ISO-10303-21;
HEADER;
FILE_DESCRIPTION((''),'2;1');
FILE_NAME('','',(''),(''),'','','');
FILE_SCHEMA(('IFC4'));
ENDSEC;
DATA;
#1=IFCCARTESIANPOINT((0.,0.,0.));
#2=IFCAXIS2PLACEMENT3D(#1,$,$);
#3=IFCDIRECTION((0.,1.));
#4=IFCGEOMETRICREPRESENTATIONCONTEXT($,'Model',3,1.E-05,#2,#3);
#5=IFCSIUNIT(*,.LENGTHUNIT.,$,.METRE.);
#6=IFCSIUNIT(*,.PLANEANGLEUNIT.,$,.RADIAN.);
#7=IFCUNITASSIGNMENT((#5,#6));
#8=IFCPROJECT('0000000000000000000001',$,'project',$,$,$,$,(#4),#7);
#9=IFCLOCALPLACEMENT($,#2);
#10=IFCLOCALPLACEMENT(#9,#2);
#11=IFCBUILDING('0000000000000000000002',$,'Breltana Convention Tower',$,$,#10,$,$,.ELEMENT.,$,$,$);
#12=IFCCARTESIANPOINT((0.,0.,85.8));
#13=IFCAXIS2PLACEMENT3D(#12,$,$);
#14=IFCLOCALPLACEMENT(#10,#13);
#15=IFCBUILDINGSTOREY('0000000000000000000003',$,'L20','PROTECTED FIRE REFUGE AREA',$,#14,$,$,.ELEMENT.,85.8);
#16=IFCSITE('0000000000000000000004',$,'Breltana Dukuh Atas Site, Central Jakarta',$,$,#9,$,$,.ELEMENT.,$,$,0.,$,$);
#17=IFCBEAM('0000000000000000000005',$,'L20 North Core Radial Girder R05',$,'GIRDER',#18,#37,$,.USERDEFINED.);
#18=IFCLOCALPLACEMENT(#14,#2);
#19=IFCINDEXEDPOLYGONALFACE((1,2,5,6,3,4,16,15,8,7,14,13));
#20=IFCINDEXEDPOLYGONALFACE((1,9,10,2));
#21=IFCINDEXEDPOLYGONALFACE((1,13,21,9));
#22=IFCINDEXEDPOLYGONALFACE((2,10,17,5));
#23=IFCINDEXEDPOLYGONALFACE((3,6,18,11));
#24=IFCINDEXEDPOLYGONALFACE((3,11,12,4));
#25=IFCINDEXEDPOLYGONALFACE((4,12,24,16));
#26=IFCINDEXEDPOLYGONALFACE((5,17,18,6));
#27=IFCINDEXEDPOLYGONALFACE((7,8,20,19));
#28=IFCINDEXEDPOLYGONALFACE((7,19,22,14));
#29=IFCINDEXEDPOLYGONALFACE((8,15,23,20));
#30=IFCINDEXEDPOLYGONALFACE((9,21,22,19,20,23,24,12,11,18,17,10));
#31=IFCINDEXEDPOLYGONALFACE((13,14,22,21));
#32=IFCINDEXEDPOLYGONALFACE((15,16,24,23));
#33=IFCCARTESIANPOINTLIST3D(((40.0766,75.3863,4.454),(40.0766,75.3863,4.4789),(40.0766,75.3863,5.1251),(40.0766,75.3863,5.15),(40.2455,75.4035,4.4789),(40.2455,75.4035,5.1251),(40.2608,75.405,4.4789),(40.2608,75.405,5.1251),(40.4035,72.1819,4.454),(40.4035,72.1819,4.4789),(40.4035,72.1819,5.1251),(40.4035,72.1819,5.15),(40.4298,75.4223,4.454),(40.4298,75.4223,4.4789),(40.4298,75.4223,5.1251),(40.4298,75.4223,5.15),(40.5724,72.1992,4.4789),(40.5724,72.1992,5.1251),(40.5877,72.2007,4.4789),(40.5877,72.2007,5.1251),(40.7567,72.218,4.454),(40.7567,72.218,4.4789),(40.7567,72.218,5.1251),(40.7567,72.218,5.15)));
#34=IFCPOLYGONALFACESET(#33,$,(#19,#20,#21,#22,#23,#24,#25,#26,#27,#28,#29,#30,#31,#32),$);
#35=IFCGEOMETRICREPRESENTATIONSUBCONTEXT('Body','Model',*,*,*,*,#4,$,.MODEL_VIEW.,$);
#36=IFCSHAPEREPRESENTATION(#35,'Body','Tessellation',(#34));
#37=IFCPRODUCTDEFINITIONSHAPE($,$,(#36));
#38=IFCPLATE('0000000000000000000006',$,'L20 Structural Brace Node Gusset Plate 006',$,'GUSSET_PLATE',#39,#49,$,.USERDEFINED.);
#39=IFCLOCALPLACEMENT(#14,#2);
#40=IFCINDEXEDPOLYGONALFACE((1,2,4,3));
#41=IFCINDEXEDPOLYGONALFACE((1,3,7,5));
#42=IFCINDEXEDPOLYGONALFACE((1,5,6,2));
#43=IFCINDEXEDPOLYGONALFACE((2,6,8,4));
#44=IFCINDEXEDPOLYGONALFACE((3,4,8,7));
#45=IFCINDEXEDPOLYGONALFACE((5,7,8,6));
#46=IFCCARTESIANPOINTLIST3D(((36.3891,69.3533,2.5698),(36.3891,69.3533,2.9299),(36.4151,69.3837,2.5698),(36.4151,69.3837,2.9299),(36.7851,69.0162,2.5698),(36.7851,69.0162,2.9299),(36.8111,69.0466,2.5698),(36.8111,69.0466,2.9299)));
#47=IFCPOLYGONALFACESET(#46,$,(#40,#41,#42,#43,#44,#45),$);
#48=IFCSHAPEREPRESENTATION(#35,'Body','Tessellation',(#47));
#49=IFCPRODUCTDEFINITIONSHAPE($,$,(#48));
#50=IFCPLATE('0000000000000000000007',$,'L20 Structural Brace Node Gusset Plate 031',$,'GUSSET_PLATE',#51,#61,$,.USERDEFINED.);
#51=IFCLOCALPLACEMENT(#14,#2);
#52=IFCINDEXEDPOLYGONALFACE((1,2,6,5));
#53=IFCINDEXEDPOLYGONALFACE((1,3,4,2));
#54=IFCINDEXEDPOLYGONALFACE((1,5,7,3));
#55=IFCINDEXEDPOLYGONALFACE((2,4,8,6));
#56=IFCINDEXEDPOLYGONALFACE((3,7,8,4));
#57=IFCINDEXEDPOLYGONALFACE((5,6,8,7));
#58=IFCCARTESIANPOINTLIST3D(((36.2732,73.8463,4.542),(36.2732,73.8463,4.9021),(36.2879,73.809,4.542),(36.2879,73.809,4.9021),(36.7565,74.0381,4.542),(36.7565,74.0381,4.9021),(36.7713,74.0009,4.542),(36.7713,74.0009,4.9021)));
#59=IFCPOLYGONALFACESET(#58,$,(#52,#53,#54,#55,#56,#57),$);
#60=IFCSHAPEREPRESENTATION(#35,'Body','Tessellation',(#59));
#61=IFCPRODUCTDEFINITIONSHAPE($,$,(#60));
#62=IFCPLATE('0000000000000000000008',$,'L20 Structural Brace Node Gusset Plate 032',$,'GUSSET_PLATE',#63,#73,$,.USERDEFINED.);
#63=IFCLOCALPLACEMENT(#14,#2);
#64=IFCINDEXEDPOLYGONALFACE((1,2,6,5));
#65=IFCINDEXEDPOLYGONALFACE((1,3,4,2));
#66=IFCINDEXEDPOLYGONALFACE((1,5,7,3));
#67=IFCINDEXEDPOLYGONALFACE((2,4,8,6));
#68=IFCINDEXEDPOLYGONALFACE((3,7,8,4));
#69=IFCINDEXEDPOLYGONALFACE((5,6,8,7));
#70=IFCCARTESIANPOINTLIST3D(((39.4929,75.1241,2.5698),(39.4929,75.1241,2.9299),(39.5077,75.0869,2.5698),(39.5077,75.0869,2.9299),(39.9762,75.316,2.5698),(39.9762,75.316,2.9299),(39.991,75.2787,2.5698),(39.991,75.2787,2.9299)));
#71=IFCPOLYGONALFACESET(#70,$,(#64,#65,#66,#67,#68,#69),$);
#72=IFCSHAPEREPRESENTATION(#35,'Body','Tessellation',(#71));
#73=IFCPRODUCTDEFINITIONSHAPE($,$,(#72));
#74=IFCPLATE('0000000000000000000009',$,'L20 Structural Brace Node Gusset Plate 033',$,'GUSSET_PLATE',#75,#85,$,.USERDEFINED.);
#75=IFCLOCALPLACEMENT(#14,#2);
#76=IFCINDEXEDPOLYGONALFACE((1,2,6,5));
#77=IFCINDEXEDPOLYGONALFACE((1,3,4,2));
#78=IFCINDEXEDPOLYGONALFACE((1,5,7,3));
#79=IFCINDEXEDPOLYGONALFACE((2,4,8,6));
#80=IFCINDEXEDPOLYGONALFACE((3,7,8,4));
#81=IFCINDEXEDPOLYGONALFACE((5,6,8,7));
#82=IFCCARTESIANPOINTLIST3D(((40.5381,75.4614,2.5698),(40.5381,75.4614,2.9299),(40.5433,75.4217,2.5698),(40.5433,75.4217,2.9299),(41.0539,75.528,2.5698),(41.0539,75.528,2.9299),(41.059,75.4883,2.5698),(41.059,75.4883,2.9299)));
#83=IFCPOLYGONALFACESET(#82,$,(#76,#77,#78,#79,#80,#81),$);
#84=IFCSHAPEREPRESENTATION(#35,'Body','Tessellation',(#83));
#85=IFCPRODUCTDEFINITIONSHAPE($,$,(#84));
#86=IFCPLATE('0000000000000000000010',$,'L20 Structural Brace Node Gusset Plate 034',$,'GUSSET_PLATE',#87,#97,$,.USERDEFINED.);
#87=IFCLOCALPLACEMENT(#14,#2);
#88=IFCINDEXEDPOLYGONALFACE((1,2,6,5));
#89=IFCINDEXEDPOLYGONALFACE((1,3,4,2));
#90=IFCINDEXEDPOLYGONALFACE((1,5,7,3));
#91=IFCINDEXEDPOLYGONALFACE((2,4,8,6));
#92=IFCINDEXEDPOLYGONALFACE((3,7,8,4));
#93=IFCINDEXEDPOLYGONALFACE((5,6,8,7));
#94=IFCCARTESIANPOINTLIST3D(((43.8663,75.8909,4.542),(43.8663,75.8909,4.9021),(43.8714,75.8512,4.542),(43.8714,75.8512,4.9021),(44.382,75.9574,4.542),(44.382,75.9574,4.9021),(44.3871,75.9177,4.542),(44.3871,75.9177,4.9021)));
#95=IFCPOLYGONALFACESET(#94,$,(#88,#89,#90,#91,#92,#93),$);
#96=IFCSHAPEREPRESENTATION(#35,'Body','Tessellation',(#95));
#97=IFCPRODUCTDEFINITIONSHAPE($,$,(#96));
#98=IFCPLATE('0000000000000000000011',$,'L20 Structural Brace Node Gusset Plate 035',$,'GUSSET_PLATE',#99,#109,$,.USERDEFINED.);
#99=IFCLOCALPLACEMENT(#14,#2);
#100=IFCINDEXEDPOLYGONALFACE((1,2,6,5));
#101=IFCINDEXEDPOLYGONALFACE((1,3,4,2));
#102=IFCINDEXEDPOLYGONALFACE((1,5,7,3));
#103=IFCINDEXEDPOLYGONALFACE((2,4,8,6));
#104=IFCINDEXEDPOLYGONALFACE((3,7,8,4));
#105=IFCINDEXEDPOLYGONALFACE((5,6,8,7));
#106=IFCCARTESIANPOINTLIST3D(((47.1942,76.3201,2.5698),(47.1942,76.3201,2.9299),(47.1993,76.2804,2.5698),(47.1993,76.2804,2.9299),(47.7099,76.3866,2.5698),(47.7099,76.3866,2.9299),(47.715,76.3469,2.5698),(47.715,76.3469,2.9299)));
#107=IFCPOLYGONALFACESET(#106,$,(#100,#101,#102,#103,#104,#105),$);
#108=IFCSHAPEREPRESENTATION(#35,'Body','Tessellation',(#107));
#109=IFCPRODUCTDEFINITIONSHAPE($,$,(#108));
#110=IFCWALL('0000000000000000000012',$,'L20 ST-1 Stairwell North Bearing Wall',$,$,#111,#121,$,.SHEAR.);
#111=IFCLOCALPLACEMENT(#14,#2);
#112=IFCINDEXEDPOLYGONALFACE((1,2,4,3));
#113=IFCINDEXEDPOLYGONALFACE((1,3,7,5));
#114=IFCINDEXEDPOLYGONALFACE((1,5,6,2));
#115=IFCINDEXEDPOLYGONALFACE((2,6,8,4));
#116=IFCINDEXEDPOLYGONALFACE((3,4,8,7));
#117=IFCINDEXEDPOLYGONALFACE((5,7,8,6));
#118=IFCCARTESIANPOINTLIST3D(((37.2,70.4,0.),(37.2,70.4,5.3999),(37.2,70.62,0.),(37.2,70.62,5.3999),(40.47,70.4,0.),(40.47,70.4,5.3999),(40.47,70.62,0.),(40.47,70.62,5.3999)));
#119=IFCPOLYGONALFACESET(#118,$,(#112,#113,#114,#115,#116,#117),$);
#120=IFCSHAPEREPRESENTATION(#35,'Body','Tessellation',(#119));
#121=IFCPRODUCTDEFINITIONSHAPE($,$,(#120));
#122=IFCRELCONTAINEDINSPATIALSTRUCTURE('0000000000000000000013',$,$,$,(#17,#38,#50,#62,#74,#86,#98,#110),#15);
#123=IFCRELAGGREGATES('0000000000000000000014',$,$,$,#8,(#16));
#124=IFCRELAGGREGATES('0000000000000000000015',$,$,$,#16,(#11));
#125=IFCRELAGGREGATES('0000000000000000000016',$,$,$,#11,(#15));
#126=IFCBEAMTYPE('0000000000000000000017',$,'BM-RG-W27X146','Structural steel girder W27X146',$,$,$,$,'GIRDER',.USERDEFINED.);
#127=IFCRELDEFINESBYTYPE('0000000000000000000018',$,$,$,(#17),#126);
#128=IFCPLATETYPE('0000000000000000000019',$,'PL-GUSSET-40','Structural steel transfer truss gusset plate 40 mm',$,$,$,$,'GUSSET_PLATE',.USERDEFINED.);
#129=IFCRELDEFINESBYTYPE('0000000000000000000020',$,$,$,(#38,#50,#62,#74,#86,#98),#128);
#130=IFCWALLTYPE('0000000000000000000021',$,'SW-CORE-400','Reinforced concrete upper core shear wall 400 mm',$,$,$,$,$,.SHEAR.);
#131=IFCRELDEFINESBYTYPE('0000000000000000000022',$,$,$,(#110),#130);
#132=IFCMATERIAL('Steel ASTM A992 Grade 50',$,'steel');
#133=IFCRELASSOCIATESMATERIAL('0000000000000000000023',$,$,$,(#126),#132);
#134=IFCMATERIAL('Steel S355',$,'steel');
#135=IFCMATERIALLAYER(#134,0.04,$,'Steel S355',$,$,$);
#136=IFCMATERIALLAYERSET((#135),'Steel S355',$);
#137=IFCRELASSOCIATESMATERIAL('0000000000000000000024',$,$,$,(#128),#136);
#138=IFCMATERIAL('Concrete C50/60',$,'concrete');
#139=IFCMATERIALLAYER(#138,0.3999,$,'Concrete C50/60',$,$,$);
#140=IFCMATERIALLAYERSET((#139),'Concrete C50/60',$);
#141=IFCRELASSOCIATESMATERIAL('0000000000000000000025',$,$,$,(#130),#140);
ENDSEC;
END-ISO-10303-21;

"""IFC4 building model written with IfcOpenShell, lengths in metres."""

from ifc_helpers import new_model, si_unit, direction, frame, frame_2d, origin, origin_2d, place, context, subcontext, project, spatial, rectangle, i_section, extrude, source, transform, mapped, material, layer, layer_set, material_profile, profile_set, type_object, element, save


model = new_model("IFC4")

# Units and contexts
model_context = context("Model", 3, precision=1e-05, world=origin(), true_north=direction((0.0, 1.0)))
body_context = subcontext(model_context, "Body", "Model", "MODEL_VIEW")
ifc_project = project(units=[si_unit("LENGTHUNIT", "METRE"), si_unit("PLANEANGLEUNIT", "RADIAN")], contexts=[model_context])

# Site, building, storey
site_placement = place(None, origin())
site = spatial("IfcSite", under=ifc_project, at=site_placement, Name="Breltana Dukuh Atas Site, Central Jakarta", CompositionType="ELEMENT", RefElevation=0.0)
building_placement = place(site_placement, origin())
building = spatial("IfcBuilding", under=site, at=building_placement, Name="Breltana Convention Tower", CompositionType="ELEMENT")
storey_placement = place(building_placement, frame((0.0, 0.0, 85.8)))
storey = spatial("IfcBuildingStorey", under=building, at=storey_placement, Name="L20", Description="PROTECTED FIRE REFUGE AREA", CompositionType="ELEMENT", Elevation=85.8)

# Shared definitions
ifc_material_1 = material(Name="Steel ASTM A992 Grade 50", Category="steel")

# Beam
ifc_material_profile_1 = material_profile(ifc_material_1, i_section(OverallWidth=0.355, OverallDepth=0.696, WebThickness=0.0154, FlangeThickness=0.0249, at=origin_2d()), Name="W27X146")
ifc_profile_set_1 = profile_set([ifc_material_profile_1], Name="Steel ASTM A992 Grade 50")
beam_type_1 = type_object("IfcBeamType", Name="BM-RG-W27X146", Description="Structural steel girder W27X146", ElementType="GIRDER", PredefinedType="USERDEFINED", material=ifc_profile_set_1)
shared_shape_1 = source(origin(), body_context, "Body", "SweptSolid", [
    extrude(i_section(OverallWidth=0.355, OverallDepth=0.696, WebThickness=0.0154, FlangeThickness=0.0249, at=origin_2d()), origin(), (0.0, 0.0, 1.0), 3.2209),
])
beam_1_placement = place(storey_placement, frame((40.5801, 72.2, 4.802), z_axis=(-0.101492, 0.994836, 0.0), x_axis=(-0.994836, -0.101492, 0.0)))
element("IfcBeam", 1, at=beam_1_placement, inside=storey, type_object=beam_type_1, Name="L20 North Core Radial Girder R05", ObjectType="GIRDER", PredefinedType="USERDEFINED", context=body_context, shape_type="MappedRepresentation", body=[
    mapped(shared_shape_1, transform((0.0, 0.0, 0.0), scale=1.0)),
])

# Plates
ifc_material_2 = material(Name="Steel S355", Category="steel")
ifc_layer_1 = layer(ifc_material_2, 0.04, Name="Steel S355")
ifc_layer_set_1 = layer_set([ifc_layer_1], Name="Steel S355")
plate_type = type_object("IfcPlateType", Name="PL-GUSSET-40", Description="Structural steel transfer truss gusset plate 40 mm", ElementType="GUSSET_PLATE", PredefinedType="USERDEFINED", material=ifc_layer_set_1)
shared_shape_2 = source(origin(), body_context, "Body", "SweptSolid", [
    extrude(rectangle(XDim=0.52, YDim=0.04, at=origin_2d()), origin(), (0.0, 0.0, 1.0), 0.3601),
])
for number, where, z_axis, x_axis, name in (
    (2, (36.6001, 69.2, 2.5698), (0.0, 0.0, 1.0), (-0.761425, 0.648253, 0.0), "L20 Structural Brace Node Gusset Plate 006"),
    (3, (36.5222, 73.9236, 4.542), (0.0, 0.0, 1.0), (0.929455, 0.368936, 0.0), "L20 Structural Brace Node Gusset Plate 031"),
    (4, (39.7419, 75.2014, 2.5698), (0.0, 0.0, 1.0), (0.929455, 0.368936, 0.0), "L20 Structural Brace Node Gusset Plate 032"),
    (5, (40.7986, 75.4749, 2.5698), (0.0, 0.0, 1.0), (0.991783, 0.12793, 0.0), "L20 Structural Brace Node Gusset Plate 033"),
    (6, (44.1267, 75.9043, 4.542), (0.0, 0.0, 1.0), (0.991783, 0.12793, 0.0), "L20 Structural Brace Node Gusset Plate 034"),
    (7, (47.4546, 76.3335, 2.5698), (0.0, 0.0, 1.0), (0.991783, 0.12793, 0.0), "L20 Structural Brace Node Gusset Plate 035"),
):
    element("IfcPlate", number, at=place(storey_placement, frame(where, z_axis=z_axis, x_axis=x_axis)), inside=storey, type_object=plate_type, Name=name, ObjectType="GUSSET_PLATE", PredefinedType="USERDEFINED", context=body_context, shape_type="MappedRepresentation", body=[
        mapped(shared_shape_2, transform((0.0, 0.0, 0.0), scale=1.0)),
    ])

# Wall
ifc_material_3 = material(Name="Concrete C50/60", Category="concrete")
ifc_layer_2 = layer(ifc_material_3, 0.3999, Name="Concrete C50/60")
ifc_layer_set_2 = layer_set([ifc_layer_2], Name="Concrete C50/60")
wall_type_1 = type_object("IfcWallType", Name="SW-CORE-400", Description="Reinforced concrete upper core shear wall 400 mm", PredefinedType="SHEAR", material=ifc_layer_set_2)
shared_shape_3 = source(origin(), body_context, "Body", "SweptSolid", [
    extrude(rectangle(XDim=3.27, YDim=0.22, at=frame_2d((1.635, 0.0))), origin(), (0.0, 0.0, 1.0), 5.3999),
])
wall_1_placement = place(storey_placement, frame((37.2, 70.51, 0.0), z_axis=(0.0, 0.0, 1.0), x_axis=(1.0, 0.0, 0.0)))
element("IfcWall", 8, at=wall_1_placement, inside=storey, type_object=wall_type_1, Name="L20 ST-1 Stairwell North Bearing Wall", PredefinedType="SHEAR", context=body_context, shape_type="MappedRepresentation", body=[
    mapped(shared_shape_3, transform((0.0, 0.0, 0.0), scale=1.0)),
])

save(model, "model.ifc")
